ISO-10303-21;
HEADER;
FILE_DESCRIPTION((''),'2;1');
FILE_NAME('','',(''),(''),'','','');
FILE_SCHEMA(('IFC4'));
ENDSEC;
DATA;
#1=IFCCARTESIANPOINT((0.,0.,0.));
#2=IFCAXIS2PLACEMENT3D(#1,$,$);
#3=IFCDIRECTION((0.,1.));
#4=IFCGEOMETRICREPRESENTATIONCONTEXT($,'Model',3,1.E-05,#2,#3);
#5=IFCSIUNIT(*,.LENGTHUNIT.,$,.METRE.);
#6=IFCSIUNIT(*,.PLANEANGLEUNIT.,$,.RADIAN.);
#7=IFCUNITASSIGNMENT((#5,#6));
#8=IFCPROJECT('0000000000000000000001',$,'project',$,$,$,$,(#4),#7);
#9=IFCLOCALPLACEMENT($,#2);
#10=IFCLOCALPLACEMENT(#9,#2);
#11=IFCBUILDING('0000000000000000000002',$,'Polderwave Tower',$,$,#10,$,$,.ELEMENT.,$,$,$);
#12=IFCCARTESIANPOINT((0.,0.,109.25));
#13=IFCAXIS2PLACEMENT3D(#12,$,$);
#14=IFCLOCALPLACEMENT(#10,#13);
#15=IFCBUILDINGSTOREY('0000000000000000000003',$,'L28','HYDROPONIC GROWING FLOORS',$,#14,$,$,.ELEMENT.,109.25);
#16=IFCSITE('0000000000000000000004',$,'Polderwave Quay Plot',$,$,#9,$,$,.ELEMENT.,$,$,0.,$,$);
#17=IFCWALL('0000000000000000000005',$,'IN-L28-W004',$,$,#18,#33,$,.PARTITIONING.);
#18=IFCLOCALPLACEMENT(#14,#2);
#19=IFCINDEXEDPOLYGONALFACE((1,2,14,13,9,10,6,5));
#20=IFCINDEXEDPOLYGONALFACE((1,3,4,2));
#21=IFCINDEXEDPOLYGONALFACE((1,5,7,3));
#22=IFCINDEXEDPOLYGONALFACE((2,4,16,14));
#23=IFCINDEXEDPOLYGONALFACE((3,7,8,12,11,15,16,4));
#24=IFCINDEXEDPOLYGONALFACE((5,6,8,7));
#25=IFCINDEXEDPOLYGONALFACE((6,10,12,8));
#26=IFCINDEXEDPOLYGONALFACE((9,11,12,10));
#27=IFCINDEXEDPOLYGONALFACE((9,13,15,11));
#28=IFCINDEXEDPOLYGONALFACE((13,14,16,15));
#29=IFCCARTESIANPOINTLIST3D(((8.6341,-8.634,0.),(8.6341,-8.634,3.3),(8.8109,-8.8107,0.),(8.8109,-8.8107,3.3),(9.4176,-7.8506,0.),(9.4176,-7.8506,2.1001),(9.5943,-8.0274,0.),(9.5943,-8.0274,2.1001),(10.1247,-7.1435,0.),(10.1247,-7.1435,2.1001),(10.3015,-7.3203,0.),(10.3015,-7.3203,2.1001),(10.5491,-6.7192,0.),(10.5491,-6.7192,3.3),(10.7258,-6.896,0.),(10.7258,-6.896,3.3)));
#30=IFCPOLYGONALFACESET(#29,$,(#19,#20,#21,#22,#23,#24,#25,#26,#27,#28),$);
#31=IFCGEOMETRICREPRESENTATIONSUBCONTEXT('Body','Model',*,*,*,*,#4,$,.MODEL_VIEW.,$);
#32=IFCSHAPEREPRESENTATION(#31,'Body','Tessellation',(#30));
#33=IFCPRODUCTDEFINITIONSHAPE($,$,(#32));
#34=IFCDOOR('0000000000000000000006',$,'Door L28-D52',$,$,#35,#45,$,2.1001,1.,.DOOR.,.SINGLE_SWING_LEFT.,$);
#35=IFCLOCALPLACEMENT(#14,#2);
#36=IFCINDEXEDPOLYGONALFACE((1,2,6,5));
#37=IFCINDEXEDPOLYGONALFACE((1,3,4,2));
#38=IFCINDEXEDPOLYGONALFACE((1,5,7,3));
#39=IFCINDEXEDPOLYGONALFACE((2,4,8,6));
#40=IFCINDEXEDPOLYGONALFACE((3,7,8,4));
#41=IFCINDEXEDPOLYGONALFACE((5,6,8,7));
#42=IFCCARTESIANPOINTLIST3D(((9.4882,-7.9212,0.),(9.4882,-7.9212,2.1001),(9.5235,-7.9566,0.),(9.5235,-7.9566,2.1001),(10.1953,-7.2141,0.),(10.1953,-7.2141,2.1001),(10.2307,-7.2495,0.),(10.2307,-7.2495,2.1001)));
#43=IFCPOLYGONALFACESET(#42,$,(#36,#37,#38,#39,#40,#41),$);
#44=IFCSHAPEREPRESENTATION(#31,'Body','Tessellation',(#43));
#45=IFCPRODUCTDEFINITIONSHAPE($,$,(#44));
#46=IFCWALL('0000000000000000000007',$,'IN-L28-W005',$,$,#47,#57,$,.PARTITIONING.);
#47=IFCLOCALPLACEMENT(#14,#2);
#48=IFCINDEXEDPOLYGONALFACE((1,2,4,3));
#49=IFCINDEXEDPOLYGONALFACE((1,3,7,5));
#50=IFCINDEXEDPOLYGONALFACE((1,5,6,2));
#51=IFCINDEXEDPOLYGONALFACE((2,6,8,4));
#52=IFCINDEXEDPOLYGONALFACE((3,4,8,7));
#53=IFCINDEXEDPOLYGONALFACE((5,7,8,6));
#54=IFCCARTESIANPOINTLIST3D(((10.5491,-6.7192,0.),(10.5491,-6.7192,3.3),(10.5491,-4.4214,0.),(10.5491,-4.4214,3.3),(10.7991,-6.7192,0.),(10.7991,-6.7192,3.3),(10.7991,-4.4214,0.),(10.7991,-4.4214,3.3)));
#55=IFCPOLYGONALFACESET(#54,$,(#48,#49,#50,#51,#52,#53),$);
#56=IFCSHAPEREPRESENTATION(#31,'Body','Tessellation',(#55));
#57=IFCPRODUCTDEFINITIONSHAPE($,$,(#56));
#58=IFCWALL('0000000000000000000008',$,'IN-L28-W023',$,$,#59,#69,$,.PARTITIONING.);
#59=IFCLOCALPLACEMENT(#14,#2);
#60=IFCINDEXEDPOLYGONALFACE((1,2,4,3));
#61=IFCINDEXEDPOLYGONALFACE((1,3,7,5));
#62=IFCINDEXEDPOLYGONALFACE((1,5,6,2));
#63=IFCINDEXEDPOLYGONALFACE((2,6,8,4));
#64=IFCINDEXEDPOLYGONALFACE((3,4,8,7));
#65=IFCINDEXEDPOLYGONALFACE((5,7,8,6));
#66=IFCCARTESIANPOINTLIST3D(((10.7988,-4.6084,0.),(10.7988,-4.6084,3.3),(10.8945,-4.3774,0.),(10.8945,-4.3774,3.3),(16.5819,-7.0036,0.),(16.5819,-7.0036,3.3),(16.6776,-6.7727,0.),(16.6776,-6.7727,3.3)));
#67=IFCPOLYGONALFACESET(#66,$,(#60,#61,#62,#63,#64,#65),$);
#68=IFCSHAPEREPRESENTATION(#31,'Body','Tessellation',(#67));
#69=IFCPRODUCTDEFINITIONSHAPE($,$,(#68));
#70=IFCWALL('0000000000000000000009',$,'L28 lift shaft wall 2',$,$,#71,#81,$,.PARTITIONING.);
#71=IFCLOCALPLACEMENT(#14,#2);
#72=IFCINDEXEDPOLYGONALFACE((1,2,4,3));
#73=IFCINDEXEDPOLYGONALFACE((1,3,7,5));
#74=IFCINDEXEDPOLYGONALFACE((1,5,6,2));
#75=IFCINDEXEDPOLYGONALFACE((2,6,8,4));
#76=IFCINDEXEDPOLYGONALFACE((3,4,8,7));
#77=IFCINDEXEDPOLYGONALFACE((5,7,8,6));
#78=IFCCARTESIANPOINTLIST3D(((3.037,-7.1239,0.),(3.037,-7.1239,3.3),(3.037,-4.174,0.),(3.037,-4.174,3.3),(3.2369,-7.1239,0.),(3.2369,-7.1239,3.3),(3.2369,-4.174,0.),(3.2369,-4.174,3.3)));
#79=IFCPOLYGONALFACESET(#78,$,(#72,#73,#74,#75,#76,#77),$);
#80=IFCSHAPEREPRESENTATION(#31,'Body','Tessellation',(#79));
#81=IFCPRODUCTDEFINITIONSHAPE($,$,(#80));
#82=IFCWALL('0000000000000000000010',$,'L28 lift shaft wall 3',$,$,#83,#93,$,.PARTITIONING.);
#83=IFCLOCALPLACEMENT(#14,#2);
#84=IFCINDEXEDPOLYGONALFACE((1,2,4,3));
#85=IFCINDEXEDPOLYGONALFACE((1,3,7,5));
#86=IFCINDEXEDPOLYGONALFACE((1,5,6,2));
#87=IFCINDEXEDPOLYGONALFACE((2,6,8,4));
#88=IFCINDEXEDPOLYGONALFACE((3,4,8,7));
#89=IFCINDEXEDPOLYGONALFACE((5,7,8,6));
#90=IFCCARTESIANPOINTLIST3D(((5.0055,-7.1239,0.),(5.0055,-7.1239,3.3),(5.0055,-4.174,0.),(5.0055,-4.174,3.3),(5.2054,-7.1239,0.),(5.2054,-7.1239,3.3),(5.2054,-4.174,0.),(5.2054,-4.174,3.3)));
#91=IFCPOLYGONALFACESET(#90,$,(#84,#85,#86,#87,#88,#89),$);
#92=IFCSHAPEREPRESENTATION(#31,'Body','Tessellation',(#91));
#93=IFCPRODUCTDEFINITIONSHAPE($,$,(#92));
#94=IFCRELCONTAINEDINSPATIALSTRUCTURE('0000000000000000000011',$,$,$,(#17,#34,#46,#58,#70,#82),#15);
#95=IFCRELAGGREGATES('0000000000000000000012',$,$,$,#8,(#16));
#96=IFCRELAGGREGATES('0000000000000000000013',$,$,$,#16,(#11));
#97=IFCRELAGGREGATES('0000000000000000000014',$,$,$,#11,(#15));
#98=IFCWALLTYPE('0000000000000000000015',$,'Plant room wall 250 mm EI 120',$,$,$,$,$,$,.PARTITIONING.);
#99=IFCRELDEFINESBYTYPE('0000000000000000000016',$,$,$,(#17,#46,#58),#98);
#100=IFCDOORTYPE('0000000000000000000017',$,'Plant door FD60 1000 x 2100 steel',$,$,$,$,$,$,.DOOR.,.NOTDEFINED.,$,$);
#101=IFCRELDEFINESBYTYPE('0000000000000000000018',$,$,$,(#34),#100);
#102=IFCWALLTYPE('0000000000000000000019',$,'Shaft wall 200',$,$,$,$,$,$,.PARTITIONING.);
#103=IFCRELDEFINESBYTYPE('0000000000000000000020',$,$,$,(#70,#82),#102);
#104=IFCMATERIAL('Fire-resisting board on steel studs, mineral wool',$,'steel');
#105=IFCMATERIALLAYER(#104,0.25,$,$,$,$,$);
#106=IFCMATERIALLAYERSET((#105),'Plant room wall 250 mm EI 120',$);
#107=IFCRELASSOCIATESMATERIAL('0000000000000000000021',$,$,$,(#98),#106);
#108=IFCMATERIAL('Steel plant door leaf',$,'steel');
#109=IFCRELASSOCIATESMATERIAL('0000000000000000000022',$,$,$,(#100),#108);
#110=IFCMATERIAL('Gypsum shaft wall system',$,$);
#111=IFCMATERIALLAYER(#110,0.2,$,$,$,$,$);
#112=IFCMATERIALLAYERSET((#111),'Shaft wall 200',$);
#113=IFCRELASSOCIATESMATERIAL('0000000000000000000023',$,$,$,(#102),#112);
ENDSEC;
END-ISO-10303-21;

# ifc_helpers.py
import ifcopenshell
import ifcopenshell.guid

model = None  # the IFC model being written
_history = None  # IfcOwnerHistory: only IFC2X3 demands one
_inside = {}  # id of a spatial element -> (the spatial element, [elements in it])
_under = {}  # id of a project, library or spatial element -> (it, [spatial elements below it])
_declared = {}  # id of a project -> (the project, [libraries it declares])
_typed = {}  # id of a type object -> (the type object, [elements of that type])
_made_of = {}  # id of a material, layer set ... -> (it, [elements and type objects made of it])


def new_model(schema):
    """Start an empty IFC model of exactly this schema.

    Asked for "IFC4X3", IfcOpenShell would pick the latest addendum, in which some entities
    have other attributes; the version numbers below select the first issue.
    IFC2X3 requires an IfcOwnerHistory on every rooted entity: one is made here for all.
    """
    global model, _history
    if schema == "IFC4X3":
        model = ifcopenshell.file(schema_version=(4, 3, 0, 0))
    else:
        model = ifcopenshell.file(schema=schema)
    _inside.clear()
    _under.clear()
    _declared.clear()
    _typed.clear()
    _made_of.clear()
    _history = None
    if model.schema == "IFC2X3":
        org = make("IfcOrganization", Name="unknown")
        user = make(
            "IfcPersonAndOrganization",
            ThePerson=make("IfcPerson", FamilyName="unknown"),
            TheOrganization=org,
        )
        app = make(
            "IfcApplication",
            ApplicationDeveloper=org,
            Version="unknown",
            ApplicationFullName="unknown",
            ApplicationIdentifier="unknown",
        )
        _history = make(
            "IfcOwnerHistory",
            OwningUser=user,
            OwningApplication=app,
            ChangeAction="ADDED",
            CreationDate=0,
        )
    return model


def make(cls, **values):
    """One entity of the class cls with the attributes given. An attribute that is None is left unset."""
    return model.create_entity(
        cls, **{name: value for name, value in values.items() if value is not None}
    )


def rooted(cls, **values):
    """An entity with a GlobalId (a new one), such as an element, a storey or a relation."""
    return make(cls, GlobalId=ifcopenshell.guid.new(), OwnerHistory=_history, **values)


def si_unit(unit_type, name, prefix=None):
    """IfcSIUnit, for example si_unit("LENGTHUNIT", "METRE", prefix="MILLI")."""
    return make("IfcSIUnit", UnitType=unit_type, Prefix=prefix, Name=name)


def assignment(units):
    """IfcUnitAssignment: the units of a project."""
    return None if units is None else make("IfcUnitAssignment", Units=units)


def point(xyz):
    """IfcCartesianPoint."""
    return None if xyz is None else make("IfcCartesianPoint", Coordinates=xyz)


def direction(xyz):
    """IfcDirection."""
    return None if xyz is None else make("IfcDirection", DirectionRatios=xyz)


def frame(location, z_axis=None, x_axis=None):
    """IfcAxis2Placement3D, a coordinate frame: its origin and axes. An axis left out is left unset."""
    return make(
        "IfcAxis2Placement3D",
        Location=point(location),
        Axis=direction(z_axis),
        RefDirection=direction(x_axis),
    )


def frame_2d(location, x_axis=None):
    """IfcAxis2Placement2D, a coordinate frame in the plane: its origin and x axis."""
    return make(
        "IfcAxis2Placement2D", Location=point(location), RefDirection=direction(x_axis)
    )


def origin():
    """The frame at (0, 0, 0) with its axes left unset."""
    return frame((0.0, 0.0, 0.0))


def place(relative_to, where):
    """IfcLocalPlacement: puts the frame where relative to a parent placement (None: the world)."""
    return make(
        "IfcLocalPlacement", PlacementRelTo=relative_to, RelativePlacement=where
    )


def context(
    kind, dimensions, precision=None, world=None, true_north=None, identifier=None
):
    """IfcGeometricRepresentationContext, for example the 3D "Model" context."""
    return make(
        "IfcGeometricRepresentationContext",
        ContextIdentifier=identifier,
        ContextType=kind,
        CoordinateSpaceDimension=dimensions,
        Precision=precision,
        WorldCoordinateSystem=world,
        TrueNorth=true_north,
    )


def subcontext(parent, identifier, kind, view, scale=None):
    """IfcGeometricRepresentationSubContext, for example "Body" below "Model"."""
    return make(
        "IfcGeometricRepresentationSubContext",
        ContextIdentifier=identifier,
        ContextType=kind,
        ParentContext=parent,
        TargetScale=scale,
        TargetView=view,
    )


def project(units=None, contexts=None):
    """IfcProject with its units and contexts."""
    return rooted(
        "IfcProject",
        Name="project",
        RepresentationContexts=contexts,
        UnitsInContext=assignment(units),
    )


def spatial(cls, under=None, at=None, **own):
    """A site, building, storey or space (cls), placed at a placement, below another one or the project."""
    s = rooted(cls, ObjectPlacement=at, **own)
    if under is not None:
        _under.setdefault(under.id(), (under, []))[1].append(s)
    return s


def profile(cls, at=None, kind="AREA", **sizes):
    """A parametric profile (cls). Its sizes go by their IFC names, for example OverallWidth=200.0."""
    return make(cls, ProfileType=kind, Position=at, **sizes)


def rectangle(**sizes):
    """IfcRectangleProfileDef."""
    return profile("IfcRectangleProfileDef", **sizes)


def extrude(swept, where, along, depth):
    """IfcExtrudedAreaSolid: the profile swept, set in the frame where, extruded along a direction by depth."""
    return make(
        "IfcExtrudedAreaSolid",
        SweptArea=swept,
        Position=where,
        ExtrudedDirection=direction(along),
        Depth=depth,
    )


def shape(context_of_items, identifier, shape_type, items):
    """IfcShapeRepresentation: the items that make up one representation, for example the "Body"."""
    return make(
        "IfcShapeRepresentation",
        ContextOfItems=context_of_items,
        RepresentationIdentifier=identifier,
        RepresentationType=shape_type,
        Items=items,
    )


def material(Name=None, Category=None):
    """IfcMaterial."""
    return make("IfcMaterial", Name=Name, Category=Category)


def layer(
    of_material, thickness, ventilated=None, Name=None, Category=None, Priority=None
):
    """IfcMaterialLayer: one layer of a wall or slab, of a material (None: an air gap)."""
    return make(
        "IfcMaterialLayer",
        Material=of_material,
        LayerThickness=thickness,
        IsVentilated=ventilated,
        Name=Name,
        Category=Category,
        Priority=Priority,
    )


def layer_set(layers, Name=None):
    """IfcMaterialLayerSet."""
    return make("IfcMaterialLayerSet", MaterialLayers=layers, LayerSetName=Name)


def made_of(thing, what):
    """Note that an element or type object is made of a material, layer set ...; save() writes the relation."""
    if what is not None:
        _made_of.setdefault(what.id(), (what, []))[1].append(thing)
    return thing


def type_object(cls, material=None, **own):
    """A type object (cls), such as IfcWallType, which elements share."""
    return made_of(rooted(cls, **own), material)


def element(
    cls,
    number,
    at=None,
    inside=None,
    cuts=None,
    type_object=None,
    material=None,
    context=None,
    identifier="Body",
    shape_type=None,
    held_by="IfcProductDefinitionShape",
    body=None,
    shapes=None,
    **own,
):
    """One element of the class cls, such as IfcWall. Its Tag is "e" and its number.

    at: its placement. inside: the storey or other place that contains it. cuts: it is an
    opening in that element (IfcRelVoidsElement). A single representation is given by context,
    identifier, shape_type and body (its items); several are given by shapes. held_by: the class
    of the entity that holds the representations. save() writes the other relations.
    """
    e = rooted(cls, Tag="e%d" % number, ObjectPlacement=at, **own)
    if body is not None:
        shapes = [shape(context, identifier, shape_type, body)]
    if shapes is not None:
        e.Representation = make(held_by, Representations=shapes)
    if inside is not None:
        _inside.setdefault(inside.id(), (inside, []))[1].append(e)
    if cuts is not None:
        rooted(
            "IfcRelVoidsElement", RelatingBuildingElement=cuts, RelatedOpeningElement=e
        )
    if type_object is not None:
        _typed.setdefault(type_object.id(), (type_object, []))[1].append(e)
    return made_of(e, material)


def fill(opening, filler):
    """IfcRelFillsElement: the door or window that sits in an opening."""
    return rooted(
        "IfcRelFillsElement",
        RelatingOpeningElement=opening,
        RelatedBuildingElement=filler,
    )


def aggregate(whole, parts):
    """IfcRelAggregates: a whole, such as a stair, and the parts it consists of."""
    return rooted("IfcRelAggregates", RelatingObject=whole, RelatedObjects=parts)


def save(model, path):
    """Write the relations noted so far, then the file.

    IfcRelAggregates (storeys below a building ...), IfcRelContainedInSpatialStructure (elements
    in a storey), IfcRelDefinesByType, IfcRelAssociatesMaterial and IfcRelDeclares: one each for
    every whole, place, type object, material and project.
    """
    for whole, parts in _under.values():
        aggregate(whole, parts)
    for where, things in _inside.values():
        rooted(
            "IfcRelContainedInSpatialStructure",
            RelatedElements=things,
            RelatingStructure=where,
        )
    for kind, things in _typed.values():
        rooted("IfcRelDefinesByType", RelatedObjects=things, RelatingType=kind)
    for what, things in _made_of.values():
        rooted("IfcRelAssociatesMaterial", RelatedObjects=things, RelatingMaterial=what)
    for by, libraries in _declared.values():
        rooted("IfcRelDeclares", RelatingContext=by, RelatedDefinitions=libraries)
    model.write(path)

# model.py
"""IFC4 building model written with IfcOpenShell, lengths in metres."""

from ifc_helpers import new_model, si_unit, direction, frame, frame_2d, origin, place, context, subcontext, project, spatial, rectangle, extrude, material, layer, layer_set, type_object, element, fill, save


model = new_model("IFC4")

# Units and contexts
model_context = context("Model", 3, precision=1e-05, world=origin(), true_north=direction((0.0, 1.0)))
body_context = subcontext(model_context, "Body", "Model", "MODEL_VIEW")
ifc_project = project(units=[si_unit("LENGTHUNIT", "METRE"), si_unit("PLANEANGLEUNIT", "RADIAN")], contexts=[model_context])

# Site, building, storey
site_placement = place(None, origin())
site = spatial("IfcSite", under=ifc_project, at=site_placement, Name="Polderwave Quay Plot", CompositionType="ELEMENT", RefElevation=0.0)
building_placement = place(site_placement, origin())
building = spatial("IfcBuilding", under=site, at=building_placement, Name="Polderwave Tower", CompositionType="ELEMENT")
storey_placement = place(building_placement, frame((0.0, 0.0, 109.25)))
storey = spatial("IfcBuildingStorey", under=building, at=storey_placement, Name="L28", Description="HYDROPONIC GROWING FLOORS", CompositionType="ELEMENT", Elevation=109.25)

# Wall, opening, door
ifc_material_1 = material(Name="Fire-resisting board on steel studs, mineral wool", Category="steel")
ifc_layer_1 = layer(ifc_material_1, 0.25)
ifc_layer_set_1 = layer_set([ifc_layer_1], Name="Plant room wall 250 mm EI 120")
wall_type_1 = type_object("IfcWallType", Name="Plant room wall 250 mm EI 120", PredefinedType="PARTITIONING", material=ifc_layer_set_1)
wall_1_placement = place(storey_placement, frame((10.6375, -6.8076, 0.0), z_axis=(0.0, 0.0, 1.0), x_axis=(-0.707152, -0.707062, 0.0)))
wall_1 = element("IfcWall", 1, at=wall_1_placement, inside=storey, type_object=wall_type_1, Name="IN-L28-W004", PredefinedType="PARTITIONING", context=body_context, shape_type="SweptSolid", body=[
    extrude(rectangle(XDim=2.708, YDim=0.25, at=frame_2d((1.354, 0.0))), origin(), (0.0, 0.0, 1.0), 3.3),
])
opening_1_placement = place(wall_1_placement, frame((0.6001, 0.0, 0.0)))
opening_1 = element("IfcOpeningElement", 2, at=opening_1_placement, cuts=wall_1, PredefinedType="OPENING", context=body_context, shape_type="SweptSolid", body=[
    extrude(rectangle(XDim=1.0, YDim=2.1001, at=frame_2d((0.5, 1.05))), frame((0.0, 0.135, 0.0), z_axis=(0.0, -1.0, 0.0), x_axis=(1.0, 0.0, 0.0)), (0.0, 0.0, 1.0), 0.27),
])
ifc_material_2 = material(Name="Steel plant door leaf", Category="steel")
door_type_1 = type_object("IfcDoorType", Name="Plant door FD60 1000 x 2100 steel", OperationType="NOTDEFINED", PredefinedType="DOOR", material=ifc_material_2)
door_1_placement = place(opening_1_placement, origin())
door_1 = element("IfcDoor", 3, at=door_1_placement, inside=storey, type_object=door_type_1, Name="Door L28-D52", OperationType="SINGLE_SWING_LEFT", OverallHeight=2.1001, OverallWidth=1.0, PredefinedType="DOOR", context=body_context, shape_type="SweptSolid", body=[
    extrude(rectangle(XDim=1.0, YDim=2.1001, at=frame_2d((0.5, 1.05))), frame((0.0, 0.0249, 0.0), z_axis=(0.0, -1.0, 0.0), x_axis=(1.0, 0.0, 0.0)), (0.0, 0.0, 1.0), 0.05),
])
fill(opening_1, door_1)

# Walls
wall_2_placement = place(storey_placement, frame((10.6741, -4.4214, 0.0), z_axis=(0.0, 0.0, 1.0), x_axis=(0.0, -1.0, 0.0)))
element("IfcWall", 4, at=wall_2_placement, inside=storey, type_object=wall_type_1, Name="IN-L28-W005", PredefinedType="PARTITIONING", context=body_context, shape_type="SweptSolid", body=[
    extrude(rectangle(XDim=2.2979, YDim=0.25, at=frame_2d((1.1489, 0.0))), origin(), (0.0, 0.0, 1.0), 3.3),
])
wall_3_placement = place(storey_placement, frame((16.6299, -6.8882, 0.0), z_axis=(0.0, 0.0, 1.0), x_axis=(-0.923892, 0.382654, 0.0)))
element("IfcWall", 5, at=wall_3_placement, inside=storey, type_object=wall_type_1, Name="IN-L28-W023", PredefinedType="PARTITIONING", context=body_context, shape_type="SweptSolid", body=[
    extrude(rectangle(XDim=6.2595, YDim=0.25, at=frame_2d((3.1299, 0.0))), origin(), (0.0, 0.0, 1.0), 3.3),
])
ifc_material_3 = material(Name="Gypsum shaft wall system")
ifc_layer_2 = layer(ifc_material_3, 0.2)
ifc_layer_set_2 = layer_set([ifc_layer_2], Name="Shaft wall 200")
wall_type_2 = type_object("IfcWallType", Name="Shaft wall 200", PredefinedType="PARTITIONING", material=ifc_layer_set_2)
for number, where, z_axis, x_axis, name in (
    (6, (3.137, -7.124, 0.0), (0.0, 0.0, 1.0), (0.0, 1.0, 0.0), "L28 lift shaft wall 2"),
    (7, (5.1055, -7.124, 0.0), (0.0, 0.0, 1.0), (0.0, 1.0, 0.0), "L28 lift shaft wall 3"),
):
    element("IfcWall", number, at=place(storey_placement, frame(where, z_axis=z_axis, x_axis=x_axis)), inside=storey, type_object=wall_type_2, Name=name, PredefinedType="PARTITIONING", context=body_context, shape_type="SweptSolid", body=[
        extrude(rectangle(XDim=2.95, YDim=0.2, at=frame_2d((1.4751, 0.0))), origin(), (0.0, 0.0, 1.0), 3.3),
    ])

save(model, "model.ifc")
